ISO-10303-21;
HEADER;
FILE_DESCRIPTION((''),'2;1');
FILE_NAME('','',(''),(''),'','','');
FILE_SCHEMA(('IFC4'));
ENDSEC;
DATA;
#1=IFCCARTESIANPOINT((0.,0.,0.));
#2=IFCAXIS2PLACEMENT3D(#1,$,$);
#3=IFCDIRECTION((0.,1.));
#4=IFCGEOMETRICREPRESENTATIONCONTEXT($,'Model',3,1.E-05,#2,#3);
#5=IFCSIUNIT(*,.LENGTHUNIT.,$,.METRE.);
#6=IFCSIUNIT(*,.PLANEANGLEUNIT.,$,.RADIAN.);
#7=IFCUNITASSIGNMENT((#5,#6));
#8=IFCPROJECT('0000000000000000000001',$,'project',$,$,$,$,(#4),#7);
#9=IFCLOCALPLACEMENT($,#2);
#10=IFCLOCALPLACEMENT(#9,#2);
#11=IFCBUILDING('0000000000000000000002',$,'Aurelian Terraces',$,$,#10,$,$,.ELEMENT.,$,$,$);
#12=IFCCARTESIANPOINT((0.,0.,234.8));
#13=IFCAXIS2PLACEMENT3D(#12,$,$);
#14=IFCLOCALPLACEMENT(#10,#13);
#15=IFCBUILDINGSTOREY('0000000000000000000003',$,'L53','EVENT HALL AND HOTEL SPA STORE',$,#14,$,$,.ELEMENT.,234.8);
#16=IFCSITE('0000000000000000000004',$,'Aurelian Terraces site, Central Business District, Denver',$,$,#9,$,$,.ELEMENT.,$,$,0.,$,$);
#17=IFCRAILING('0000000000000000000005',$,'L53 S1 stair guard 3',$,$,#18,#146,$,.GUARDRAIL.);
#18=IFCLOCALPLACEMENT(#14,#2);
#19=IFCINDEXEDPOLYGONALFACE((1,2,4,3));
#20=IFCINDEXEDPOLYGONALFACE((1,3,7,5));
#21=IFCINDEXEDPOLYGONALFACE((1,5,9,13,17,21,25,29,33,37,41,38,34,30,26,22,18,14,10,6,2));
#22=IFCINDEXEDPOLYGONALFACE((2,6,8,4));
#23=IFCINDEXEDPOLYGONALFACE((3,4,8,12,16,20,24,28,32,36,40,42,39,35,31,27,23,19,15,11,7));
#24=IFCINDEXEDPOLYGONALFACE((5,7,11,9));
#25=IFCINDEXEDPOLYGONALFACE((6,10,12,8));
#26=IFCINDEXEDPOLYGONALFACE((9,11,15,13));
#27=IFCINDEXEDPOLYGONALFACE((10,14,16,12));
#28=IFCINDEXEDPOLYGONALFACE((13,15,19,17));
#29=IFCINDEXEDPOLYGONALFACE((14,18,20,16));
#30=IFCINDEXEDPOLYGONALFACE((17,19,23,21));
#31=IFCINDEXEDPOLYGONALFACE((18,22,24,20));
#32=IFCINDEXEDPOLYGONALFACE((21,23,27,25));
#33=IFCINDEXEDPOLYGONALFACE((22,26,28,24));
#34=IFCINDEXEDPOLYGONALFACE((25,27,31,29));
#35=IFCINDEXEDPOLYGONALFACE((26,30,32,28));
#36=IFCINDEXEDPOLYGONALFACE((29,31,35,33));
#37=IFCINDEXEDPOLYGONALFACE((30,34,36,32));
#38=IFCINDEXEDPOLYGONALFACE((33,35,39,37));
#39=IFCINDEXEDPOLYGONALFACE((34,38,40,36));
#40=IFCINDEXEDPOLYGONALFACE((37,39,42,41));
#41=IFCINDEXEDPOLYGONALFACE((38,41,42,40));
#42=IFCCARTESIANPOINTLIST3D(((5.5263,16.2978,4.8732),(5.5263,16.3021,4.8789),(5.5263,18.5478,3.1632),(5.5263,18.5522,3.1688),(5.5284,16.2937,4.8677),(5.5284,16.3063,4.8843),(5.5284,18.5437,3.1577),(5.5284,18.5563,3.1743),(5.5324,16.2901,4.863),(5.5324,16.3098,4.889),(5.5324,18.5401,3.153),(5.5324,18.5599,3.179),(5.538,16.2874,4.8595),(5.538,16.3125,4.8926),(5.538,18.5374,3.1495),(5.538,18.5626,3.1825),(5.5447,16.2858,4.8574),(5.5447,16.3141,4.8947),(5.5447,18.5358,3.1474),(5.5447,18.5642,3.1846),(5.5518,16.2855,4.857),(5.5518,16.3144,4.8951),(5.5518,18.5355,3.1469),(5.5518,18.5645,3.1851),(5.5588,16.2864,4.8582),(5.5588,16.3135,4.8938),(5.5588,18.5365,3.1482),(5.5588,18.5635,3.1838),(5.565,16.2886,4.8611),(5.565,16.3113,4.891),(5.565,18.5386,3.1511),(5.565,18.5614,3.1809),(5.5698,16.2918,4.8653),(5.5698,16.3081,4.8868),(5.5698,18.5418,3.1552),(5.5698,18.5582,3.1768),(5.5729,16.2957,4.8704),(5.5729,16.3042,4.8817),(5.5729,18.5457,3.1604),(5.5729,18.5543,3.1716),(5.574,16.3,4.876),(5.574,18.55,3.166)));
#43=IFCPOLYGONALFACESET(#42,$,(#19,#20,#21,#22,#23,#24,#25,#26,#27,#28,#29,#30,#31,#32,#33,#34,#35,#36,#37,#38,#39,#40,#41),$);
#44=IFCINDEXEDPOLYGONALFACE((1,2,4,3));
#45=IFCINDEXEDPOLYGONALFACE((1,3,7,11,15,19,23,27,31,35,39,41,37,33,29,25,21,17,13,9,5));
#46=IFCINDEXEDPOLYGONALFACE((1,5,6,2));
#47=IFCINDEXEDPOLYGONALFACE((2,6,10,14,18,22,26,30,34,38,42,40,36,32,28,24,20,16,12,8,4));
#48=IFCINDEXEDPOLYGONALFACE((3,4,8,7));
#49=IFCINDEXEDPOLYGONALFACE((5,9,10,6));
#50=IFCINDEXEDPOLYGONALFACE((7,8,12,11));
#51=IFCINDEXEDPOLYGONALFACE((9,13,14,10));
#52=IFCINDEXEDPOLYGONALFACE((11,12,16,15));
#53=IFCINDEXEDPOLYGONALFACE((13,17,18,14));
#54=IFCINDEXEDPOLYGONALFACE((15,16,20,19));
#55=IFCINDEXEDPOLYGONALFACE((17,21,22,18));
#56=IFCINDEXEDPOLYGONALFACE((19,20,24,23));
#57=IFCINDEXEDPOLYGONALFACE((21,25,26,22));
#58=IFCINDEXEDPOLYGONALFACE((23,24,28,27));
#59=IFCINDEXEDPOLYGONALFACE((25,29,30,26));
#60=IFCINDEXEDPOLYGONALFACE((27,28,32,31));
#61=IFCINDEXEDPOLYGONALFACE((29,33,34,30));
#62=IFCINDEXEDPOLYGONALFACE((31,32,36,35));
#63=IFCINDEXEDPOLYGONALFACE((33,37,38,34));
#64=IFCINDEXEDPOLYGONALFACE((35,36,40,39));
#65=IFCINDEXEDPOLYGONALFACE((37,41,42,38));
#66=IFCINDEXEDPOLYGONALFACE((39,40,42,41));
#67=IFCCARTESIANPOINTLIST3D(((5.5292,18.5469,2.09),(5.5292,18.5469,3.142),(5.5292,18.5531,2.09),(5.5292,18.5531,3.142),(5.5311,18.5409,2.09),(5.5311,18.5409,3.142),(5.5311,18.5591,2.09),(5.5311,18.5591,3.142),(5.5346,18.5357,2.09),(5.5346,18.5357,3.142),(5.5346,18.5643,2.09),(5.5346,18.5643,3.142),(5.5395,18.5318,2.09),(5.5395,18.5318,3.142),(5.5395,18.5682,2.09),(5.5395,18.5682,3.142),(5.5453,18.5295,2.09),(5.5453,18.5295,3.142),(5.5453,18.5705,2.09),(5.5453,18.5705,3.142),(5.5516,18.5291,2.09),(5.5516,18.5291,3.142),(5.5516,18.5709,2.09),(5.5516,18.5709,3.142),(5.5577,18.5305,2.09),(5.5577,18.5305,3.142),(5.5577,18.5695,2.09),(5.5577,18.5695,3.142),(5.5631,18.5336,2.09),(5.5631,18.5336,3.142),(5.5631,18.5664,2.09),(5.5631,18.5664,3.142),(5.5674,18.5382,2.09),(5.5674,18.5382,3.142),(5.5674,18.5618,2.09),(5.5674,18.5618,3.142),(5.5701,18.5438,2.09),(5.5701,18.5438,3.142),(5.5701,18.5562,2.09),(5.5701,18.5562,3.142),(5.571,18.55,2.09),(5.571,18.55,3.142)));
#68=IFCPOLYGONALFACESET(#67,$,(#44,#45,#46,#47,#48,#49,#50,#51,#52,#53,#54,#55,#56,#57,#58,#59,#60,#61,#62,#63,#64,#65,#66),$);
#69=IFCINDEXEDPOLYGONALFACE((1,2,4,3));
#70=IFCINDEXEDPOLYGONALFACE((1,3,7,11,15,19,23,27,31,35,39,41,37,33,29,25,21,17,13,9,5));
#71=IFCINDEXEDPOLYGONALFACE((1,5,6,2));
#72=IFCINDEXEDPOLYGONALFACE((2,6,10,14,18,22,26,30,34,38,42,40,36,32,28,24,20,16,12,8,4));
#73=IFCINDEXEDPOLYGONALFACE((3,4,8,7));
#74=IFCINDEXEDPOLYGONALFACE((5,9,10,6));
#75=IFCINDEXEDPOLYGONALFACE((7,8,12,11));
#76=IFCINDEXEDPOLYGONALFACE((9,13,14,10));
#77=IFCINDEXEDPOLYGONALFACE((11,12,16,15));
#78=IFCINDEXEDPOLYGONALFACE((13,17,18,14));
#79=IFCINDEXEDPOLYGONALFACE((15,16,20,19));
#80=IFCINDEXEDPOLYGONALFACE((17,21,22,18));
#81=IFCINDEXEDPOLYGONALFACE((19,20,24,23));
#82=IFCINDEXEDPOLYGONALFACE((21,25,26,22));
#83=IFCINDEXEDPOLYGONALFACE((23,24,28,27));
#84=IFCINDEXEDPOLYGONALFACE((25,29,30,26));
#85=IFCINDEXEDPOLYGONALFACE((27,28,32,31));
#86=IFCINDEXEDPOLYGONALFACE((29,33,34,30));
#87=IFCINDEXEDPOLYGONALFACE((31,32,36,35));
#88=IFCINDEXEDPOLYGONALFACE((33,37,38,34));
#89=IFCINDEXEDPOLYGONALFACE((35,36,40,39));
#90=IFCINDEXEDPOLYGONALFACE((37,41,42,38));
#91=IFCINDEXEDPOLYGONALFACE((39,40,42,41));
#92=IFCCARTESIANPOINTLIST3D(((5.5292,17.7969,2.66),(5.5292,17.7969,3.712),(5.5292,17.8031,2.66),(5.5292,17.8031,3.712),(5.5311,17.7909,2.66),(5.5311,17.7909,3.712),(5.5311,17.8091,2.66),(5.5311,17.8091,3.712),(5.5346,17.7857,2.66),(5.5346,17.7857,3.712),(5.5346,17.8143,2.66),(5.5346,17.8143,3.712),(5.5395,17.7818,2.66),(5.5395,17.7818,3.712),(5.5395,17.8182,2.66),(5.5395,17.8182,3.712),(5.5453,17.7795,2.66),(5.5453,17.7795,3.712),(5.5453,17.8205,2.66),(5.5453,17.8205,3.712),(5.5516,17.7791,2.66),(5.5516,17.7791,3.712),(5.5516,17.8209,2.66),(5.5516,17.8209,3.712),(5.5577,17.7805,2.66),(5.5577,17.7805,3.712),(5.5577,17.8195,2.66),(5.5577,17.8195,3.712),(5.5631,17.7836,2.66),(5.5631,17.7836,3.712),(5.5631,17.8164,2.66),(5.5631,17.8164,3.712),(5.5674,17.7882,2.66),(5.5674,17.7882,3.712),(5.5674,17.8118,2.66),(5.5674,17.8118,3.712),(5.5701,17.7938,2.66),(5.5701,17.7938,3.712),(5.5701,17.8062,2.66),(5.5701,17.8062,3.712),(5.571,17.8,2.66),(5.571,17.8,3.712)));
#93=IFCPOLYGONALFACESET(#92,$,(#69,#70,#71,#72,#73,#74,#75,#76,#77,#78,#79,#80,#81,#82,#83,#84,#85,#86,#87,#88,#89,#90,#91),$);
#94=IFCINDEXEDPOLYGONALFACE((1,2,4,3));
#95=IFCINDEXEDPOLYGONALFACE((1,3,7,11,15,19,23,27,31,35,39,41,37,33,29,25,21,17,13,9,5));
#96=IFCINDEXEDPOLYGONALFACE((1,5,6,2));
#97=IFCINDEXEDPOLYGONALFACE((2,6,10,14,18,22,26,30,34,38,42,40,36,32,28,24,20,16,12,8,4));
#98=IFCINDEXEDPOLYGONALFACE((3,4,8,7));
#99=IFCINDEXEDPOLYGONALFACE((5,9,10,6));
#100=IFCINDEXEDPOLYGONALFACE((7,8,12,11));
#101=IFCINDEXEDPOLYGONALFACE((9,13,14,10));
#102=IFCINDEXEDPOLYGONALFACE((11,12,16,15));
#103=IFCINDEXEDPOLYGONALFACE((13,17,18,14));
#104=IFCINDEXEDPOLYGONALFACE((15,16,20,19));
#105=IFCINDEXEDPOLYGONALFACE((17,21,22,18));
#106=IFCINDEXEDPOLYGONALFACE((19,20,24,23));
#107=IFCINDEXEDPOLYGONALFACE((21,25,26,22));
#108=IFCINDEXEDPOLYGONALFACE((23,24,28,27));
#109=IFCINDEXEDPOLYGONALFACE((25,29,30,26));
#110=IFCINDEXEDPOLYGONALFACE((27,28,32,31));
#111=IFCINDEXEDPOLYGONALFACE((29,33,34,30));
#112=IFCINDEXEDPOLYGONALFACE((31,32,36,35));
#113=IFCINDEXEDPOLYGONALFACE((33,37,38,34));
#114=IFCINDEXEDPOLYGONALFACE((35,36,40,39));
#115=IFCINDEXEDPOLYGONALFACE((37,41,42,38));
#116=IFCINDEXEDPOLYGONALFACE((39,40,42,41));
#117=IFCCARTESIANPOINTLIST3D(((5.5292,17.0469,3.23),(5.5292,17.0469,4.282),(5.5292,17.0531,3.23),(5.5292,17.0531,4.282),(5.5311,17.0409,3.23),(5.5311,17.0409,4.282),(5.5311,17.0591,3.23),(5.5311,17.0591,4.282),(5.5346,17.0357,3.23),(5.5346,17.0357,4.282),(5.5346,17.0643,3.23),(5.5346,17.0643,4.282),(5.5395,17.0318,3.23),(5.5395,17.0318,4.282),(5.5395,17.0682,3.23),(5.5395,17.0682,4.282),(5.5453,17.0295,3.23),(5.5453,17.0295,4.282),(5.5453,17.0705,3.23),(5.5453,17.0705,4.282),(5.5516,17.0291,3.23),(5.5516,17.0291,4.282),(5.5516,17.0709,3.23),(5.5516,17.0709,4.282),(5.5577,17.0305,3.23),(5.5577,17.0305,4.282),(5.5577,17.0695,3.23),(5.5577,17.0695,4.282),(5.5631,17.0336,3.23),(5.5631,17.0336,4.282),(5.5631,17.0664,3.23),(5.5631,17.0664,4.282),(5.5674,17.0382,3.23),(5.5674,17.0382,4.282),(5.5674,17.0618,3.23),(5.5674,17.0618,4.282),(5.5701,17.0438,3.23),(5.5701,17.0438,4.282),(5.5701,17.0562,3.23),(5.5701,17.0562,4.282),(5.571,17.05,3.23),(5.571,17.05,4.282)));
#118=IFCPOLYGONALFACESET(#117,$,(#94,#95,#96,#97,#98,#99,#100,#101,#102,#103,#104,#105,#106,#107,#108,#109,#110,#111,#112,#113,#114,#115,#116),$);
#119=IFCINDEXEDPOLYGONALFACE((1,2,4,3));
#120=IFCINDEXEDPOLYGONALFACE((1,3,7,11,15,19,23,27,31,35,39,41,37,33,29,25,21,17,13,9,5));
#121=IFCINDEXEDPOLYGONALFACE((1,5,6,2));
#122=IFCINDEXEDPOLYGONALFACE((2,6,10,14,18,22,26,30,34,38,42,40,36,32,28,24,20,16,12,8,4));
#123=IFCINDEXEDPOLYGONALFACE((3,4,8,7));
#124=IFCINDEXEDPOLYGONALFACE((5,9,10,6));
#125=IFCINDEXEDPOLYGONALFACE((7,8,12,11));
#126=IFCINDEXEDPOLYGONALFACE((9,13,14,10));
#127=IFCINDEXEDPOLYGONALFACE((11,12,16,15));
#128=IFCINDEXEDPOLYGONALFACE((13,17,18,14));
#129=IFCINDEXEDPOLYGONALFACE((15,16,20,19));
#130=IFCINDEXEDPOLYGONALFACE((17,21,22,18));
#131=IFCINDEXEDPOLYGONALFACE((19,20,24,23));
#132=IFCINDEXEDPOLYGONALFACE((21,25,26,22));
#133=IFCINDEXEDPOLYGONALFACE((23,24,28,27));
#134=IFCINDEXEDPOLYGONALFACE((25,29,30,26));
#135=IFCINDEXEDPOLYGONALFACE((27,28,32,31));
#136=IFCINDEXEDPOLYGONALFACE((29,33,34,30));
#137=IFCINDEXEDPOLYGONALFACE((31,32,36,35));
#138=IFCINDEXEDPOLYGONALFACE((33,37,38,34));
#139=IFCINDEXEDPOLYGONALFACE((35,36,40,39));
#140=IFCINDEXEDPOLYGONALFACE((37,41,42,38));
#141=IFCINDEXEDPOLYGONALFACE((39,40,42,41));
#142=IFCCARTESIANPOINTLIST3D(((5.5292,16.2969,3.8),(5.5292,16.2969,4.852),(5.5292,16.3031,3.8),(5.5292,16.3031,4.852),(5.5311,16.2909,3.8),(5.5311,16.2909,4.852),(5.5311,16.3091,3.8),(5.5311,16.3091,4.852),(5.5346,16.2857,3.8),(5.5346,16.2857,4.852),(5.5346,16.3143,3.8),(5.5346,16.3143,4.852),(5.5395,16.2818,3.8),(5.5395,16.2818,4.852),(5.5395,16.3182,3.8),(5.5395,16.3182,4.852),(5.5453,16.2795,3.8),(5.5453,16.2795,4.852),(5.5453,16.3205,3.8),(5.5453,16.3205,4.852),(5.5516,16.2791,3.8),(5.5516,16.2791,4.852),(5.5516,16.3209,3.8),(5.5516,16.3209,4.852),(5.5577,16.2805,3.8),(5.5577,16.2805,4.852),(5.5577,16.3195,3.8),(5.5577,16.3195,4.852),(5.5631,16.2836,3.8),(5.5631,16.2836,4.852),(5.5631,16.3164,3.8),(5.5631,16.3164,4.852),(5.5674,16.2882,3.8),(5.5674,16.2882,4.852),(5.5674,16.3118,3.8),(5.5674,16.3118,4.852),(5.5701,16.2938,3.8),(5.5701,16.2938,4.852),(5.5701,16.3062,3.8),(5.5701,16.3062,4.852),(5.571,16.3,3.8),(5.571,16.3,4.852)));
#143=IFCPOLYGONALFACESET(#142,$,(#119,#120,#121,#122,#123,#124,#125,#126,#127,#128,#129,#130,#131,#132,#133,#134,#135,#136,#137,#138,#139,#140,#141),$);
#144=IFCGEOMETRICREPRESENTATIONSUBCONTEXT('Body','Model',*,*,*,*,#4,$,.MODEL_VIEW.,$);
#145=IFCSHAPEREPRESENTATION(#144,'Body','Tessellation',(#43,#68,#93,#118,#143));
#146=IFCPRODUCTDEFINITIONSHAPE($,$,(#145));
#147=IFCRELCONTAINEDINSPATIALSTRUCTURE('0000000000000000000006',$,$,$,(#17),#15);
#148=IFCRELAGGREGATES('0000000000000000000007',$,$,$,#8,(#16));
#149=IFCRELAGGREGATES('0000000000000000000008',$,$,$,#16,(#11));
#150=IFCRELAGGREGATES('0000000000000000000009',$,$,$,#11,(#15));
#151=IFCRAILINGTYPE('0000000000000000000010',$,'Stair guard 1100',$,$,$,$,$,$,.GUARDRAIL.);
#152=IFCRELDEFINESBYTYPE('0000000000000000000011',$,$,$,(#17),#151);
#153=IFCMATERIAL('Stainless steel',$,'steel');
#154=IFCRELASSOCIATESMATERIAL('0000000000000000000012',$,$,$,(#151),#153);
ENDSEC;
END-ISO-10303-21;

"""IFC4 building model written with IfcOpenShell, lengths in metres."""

from ifc_helpers import new_model, si_unit, direction, frame, origin, origin_2d, place, context, subcontext, project, spatial, circle, extrude, source, transform, mapped, material, type_object, element, save


model = new_model("IFC4")

# Units and contexts
model_context = context("Model", 3, precision=1e-05, world=origin(), true_north=direction((0.0, 1.0)))
body_context = subcontext(model_context, "Body", "Model", "MODEL_VIEW")
ifc_project = project(units=[si_unit("LENGTHUNIT", "METRE"), si_unit("PLANEANGLEUNIT", "RADIAN")], contexts=[model_context])

# Site, building, storey
site_placement = place(None, origin())
site = spatial("IfcSite", under=ifc_project, at=site_placement, Name="Aurelian Terraces site, Central Business District, Denver", CompositionType="ELEMENT", RefElevation=0.0)
building_placement = place(site_placement, origin())
building = spatial("IfcBuilding", under=site, at=building_placement, Name="Aurelian Terraces", CompositionType="ELEMENT")
storey_placement = place(building_placement, frame((0.0, 0.0, 234.8)))
storey = spatial("IfcBuildingStorey", under=building, at=storey_placement, Name="L53", Description="EVENT HALL AND HOTEL SPA STORE", CompositionType="ELEMENT", Elevation=234.8)

# Shared definitions
ifc_material_1 = material(Name="Stainless steel", Category="steel")

# Railing
railing_type_1 = type_object("IfcRailingType", Name="Stair guard 1100", PredefinedType="GUARDRAIL", material=ifc_material_1)
shared_shape_1 = source(origin(), body_context, "Body", "SweptSolid", [
    extrude(circle(Radius=0.024, at=origin_2d()), frame((0.0, 0.0, 1.076), z_axis=(0.0, -0.796162, 0.605083), x_axis=(1.0, 0.0, 0.0)), (0.0, 0.0, 1.0), 2.8261),
    extrude(circle(Radius=0.021, at=origin_2d()), origin(), (0.0, 0.0, 1.0), 1.052),
    extrude(circle(Radius=0.021, at=origin_2d()), frame((0.0, -0.75, 0.57)), (0.0, 0.0, 1.0), 1.052),
    extrude(circle(Radius=0.021, at=origin_2d()), frame((0.0, -1.5, 1.14)), (0.0, 0.0, 1.0), 1.052),
    extrude(circle(Radius=0.021, at=origin_2d()), frame((0.0, -2.25, 1.71)), (0.0, 0.0, 1.0), 1.052),
])
railing_1_placement = place(storey_placement, frame((5.55, 18.55, 2.09)))
element("IfcRailing", 1, at=railing_1_placement, inside=storey, type_object=railing_type_1, Name="L53 S1 stair guard 3", PredefinedType="GUARDRAIL", context=body_context, shape_type="MappedRepresentation", body=[
    mapped(shared_shape_1, transform((0.0, 0.0, 0.0), scale=1.0)),
])

save(model, "model.ifc")
